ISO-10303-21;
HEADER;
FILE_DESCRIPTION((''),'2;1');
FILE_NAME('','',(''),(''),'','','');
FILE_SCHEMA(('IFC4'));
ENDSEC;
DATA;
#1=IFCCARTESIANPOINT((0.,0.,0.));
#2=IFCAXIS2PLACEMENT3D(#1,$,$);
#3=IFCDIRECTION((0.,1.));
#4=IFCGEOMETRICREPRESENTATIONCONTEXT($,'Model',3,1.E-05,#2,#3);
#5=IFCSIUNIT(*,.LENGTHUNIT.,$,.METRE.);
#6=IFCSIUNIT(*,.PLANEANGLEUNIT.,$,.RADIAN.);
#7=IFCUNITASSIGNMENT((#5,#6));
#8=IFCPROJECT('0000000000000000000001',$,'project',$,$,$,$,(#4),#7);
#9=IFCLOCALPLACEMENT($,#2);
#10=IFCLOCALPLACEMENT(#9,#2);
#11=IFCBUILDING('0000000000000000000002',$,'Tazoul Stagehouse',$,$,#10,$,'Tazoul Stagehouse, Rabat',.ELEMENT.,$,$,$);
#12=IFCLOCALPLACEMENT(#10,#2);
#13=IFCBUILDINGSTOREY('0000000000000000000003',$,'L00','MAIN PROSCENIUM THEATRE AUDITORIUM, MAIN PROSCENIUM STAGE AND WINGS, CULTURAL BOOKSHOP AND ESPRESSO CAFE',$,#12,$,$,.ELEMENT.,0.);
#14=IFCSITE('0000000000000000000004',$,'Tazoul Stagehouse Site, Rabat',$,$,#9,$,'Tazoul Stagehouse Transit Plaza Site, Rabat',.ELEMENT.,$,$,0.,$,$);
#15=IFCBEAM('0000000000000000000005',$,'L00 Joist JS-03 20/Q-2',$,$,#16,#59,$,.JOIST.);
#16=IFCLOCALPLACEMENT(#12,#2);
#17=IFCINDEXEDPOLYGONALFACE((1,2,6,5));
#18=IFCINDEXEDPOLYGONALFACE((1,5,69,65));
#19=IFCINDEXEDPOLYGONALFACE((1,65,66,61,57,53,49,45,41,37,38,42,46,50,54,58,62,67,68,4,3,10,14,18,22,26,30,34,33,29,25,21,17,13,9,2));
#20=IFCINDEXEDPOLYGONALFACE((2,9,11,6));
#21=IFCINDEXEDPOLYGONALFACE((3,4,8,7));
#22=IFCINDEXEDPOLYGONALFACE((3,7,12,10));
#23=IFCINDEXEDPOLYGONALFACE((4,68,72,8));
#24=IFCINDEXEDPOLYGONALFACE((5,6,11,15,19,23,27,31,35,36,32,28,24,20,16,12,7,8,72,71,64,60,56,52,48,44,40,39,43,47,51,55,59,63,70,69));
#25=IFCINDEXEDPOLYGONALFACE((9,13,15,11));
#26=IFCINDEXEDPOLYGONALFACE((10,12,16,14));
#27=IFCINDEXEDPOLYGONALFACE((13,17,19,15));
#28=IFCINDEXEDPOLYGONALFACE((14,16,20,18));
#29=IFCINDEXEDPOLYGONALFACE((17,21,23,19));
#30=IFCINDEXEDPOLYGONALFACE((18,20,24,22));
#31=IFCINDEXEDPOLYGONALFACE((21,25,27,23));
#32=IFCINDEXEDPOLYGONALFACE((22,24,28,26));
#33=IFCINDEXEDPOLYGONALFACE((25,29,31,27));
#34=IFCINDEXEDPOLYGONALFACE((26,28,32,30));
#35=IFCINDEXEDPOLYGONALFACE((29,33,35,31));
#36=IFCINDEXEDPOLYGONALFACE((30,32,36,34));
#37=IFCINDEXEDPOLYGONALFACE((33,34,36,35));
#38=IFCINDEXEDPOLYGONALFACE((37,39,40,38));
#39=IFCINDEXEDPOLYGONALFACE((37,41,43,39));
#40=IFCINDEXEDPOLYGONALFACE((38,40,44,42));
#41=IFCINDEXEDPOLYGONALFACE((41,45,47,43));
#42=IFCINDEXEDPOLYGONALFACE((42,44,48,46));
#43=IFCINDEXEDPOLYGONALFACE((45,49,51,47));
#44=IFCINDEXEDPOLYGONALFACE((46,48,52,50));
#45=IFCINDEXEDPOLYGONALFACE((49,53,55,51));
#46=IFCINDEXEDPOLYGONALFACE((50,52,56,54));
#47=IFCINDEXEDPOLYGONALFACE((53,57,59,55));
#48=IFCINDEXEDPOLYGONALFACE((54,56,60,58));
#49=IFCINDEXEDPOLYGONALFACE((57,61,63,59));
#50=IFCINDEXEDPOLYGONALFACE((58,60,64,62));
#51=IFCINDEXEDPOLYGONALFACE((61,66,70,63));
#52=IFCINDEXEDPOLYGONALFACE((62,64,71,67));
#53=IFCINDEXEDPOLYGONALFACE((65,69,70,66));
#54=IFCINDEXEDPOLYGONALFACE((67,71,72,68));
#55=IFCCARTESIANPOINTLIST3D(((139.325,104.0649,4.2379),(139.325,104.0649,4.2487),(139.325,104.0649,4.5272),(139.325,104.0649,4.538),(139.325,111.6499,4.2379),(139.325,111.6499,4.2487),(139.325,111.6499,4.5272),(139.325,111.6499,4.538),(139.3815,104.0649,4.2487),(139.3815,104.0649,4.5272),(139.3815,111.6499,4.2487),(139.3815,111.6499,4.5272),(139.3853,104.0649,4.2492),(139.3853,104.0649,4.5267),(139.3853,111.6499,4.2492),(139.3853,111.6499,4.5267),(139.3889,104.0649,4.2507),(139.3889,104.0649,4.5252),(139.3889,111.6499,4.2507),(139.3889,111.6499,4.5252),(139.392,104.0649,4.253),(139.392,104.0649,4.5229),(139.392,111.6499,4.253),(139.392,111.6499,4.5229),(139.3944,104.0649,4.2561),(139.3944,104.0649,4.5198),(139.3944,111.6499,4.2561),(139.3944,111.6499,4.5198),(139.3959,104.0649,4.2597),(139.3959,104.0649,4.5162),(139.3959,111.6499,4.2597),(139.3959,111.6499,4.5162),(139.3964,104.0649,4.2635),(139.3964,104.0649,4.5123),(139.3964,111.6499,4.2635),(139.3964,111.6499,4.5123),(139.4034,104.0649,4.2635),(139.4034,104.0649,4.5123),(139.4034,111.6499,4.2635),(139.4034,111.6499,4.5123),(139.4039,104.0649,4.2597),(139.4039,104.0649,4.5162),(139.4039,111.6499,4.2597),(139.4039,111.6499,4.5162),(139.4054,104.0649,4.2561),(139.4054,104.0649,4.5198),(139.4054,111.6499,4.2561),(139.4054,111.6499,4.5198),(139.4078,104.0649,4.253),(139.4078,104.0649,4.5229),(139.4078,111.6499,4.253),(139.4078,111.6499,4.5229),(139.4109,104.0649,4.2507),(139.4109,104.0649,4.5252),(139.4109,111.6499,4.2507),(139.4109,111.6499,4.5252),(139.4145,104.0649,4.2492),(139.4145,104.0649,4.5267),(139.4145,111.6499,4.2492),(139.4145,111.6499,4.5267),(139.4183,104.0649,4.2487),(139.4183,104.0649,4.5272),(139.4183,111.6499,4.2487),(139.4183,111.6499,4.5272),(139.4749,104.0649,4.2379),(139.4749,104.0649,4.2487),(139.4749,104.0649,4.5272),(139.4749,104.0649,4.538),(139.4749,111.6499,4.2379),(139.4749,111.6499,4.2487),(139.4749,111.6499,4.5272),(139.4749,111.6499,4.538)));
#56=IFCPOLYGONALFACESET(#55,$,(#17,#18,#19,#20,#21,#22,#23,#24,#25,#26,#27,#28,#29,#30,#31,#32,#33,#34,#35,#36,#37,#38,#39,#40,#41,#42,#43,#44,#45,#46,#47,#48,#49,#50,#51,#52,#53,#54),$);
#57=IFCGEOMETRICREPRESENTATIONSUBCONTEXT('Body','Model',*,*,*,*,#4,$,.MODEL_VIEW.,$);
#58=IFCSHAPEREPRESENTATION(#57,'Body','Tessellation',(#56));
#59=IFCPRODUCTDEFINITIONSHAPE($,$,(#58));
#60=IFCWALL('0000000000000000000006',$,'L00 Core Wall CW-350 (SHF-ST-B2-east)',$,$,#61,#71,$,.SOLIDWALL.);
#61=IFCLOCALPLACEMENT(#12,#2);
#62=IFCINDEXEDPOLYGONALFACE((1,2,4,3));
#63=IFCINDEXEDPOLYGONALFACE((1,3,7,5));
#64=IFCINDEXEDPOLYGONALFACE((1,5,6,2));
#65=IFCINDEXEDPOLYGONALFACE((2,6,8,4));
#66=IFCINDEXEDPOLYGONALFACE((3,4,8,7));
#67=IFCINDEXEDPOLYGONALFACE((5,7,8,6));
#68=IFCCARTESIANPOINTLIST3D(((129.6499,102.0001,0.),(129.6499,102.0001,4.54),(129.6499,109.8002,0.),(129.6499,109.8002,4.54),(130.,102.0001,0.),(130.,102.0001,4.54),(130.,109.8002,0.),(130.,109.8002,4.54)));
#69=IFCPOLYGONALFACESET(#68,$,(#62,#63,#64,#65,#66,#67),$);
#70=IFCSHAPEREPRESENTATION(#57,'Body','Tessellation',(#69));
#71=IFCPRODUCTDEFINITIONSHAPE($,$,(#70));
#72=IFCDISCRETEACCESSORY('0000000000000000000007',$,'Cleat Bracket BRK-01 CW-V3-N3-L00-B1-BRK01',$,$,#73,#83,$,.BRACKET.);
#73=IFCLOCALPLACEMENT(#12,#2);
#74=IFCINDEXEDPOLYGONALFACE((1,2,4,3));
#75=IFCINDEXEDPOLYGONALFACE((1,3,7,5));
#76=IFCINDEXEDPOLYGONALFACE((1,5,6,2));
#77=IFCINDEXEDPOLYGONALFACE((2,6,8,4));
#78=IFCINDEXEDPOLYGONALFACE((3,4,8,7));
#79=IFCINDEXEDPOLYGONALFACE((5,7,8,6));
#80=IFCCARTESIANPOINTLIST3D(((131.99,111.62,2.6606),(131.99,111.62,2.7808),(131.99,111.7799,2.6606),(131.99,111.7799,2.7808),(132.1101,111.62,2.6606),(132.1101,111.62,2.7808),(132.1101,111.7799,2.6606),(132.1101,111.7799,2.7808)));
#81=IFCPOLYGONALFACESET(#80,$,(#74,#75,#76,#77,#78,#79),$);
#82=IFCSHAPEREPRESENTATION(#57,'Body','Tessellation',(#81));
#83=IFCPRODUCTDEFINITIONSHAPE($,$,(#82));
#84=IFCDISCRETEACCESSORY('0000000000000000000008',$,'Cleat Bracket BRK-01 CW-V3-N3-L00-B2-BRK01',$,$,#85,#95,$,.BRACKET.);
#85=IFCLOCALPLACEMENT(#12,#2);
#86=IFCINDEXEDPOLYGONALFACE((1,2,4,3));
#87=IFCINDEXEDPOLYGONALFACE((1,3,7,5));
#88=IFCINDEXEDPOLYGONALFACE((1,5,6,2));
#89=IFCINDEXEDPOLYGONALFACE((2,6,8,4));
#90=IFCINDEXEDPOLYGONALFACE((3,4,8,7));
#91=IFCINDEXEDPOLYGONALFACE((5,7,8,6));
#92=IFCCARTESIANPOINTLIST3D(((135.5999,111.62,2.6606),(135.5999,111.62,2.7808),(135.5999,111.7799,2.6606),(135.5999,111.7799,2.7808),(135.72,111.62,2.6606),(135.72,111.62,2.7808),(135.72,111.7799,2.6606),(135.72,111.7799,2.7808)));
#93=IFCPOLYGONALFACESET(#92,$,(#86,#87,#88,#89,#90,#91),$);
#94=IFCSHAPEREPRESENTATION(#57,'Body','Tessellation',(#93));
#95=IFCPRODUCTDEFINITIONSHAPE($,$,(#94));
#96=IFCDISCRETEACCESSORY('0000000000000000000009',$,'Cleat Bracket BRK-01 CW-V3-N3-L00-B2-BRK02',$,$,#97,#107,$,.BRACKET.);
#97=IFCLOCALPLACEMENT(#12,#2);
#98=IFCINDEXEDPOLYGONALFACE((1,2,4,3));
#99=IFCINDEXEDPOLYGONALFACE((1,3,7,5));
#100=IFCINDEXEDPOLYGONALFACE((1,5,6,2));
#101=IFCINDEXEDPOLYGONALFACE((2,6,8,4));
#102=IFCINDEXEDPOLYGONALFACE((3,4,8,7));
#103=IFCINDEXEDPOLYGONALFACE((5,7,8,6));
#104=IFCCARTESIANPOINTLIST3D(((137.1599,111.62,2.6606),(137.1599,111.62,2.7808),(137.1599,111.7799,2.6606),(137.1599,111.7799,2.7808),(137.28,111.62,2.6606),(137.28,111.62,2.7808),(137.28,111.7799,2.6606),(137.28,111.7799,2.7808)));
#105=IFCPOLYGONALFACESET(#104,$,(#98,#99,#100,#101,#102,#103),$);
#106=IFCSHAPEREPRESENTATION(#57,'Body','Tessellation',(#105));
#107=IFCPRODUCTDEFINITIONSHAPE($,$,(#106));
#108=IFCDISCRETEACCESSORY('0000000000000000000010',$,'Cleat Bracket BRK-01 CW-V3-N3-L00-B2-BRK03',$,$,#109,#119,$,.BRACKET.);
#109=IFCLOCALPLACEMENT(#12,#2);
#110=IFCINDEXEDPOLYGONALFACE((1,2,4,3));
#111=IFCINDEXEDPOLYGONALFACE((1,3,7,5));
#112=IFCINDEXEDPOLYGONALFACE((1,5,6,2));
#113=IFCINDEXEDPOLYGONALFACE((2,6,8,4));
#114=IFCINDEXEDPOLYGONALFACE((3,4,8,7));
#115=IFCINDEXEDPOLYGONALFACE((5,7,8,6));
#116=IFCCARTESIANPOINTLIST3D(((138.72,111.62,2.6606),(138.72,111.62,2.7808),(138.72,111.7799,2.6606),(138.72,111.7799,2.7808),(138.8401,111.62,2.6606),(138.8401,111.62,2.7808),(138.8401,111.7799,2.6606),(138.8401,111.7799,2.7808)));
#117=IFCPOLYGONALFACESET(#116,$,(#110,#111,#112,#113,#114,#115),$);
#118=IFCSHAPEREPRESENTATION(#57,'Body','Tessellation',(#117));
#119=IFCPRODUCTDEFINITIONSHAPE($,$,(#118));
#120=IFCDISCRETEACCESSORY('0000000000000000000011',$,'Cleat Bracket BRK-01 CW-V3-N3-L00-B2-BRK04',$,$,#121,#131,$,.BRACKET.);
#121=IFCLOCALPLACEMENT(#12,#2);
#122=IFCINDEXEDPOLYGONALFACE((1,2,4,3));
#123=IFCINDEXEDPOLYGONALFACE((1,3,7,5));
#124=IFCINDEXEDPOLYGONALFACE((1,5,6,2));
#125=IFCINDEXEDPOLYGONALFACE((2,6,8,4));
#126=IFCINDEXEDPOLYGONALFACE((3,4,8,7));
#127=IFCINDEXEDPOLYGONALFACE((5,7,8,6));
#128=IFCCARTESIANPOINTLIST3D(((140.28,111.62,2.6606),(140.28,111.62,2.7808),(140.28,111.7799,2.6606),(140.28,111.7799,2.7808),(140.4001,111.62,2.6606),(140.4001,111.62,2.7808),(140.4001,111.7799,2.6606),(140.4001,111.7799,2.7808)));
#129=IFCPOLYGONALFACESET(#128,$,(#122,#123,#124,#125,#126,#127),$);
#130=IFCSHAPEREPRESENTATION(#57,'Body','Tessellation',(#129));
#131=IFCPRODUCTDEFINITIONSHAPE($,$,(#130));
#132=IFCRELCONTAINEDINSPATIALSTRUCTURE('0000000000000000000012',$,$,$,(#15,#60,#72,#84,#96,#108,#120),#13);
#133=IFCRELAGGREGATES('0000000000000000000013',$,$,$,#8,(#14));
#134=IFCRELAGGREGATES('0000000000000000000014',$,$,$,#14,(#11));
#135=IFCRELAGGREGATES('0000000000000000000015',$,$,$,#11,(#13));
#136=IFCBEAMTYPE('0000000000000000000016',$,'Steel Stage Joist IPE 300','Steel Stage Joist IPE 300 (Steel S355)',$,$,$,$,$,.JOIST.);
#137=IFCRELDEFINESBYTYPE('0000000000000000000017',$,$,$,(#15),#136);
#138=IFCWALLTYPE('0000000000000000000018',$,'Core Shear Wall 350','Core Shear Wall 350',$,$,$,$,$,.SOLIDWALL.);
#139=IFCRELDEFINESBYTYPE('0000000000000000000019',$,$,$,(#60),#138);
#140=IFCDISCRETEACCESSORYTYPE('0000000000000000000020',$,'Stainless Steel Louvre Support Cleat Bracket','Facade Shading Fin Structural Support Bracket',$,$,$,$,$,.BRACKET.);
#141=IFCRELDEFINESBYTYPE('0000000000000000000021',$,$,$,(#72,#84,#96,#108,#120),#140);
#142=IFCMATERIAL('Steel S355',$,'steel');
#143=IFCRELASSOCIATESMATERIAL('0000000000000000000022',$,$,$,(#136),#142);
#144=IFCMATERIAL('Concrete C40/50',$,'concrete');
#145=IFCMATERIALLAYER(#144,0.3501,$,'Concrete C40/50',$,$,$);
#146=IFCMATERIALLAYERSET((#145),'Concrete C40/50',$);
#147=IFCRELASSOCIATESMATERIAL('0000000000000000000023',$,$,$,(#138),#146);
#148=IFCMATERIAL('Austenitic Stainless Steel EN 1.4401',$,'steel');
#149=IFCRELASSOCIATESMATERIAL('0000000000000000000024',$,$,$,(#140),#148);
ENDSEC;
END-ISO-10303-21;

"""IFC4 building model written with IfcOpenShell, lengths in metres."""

from ifc_helpers import new_model, si_unit, direction, frame, frame_2d, origin, origin_2d, place, context, subcontext, project, spatial, rectangle, i_section, extrude, material, layer, layer_set, material_profile, profile_set, type_object, element, save


model = new_model("IFC4")

# Units and contexts
model_context = context("Model", 3, precision=1e-05, world=origin(), true_north=direction((0.0, 1.0)))
body_context = subcontext(model_context, "Body", "Model", "MODEL_VIEW")
ifc_project = project(units=[si_unit("LENGTHUNIT", "METRE"), si_unit("PLANEANGLEUNIT", "RADIAN")], contexts=[model_context])

# Site, building, storey
site_placement = place(None, origin())
site = spatial("IfcSite", under=ifc_project, at=site_placement, Name="Tazoul Stagehouse Site, Rabat", LongName="Tazoul Stagehouse Transit Plaza Site, Rabat", CompositionType="ELEMENT", RefElevation=0.0)
building_placement = place(site_placement, origin())
building = spatial("IfcBuilding", under=site, at=building_placement, Name="Tazoul Stagehouse", LongName="Tazoul Stagehouse, Rabat", CompositionType="ELEMENT")
storey_placement = place(building_placement, origin())
storey = spatial("IfcBuildingStorey", under=building, at=storey_placement, Name="L00", Description="MAIN PROSCENIUM THEATRE AUDITORIUM, MAIN PROSCENIUM STAGE AND WINGS, CULTURAL BOOKSHOP AND ESPRESSO CAFE", CompositionType="ELEMENT", Elevation=0.0)

# Shared definitions
ifc_material_1 = material(Name="Concrete C40/50", Category="concrete")

# Beam
ifc_material_2 = material(Name="Steel S355", Category="steel")
ifc_material_profile_1 = material_profile(ifc_material_2, i_section(OverallWidth=0.1499, OverallDepth=0.3, WebThickness=0.0071, FlangeThickness=0.0107, FilletRadius=0.0149, at=origin_2d()), Name="IPE 300")
ifc_profile_set_1 = profile_set([ifc_material_profile_1], Name="Steel S355")
beam_type_1 = type_object("IfcBeamType", Name="Steel Stage Joist IPE 300", Description="Steel Stage Joist IPE 300 (Steel S355)", PredefinedType="JOIST", material=ifc_profile_set_1)
for number, where, z_axis, x_axis, name in (
    (1, (139.3999, 104.0649, 4.3879), (0.0, 1.0, 0.0), (-1.0, 0.0, 0.0), "L00 Joist JS-03 20/Q-2"),
):
    element("IfcBeam", number, at=place(storey_placement, frame(where, z_axis=z_axis, x_axis=x_axis)), inside=storey, type_object=beam_type_1, Name=name, PredefinedType="JOIST", context=body_context, shape_type="SweptSolid", body=[
        extrude(i_section(OverallWidth=0.1499, OverallDepth=0.3, WebThickness=0.0071, FlangeThickness=0.0107, FilletRadius=0.0149, at=origin_2d()), origin(), (0.0, 0.0, 1.0), 7.585),
    ])

# Wall
ifc_layer_1 = layer(ifc_material_1, 0.3501, Name="Concrete C40/50")
ifc_layer_set_1 = layer_set([ifc_layer_1], Name="Concrete C40/50")
wall_type = type_object("IfcWallType", Name="Core Shear Wall 350", Description="Core Shear Wall 350", PredefinedType="SOLIDWALL", material=ifc_layer_set_1)
wall_placement = place(storey_placement, frame((129.825, 109.8, 0.0), z_axis=(0.0, 0.0, 1.0), x_axis=(0.0, -1.0, 0.0)))
element("IfcWall", 2, at=wall_placement, inside=storey, type_object=wall_type, Name="L00 Core Wall CW-350 (SHF-ST-B2-east)", PredefinedType="SOLIDWALL", context=body_context, shape_type="SweptSolid", body=[
    extrude(rectangle(XDim=7.8, YDim=0.3501, at=frame_2d((3.8999, 0.0))), origin(), (0.0, 0.0, 1.0), 4.54),
])

# Discrete accessories
ifc_material_3 = material(Name="Austenitic Stainless Steel EN 1.4401", Category="steel")
discrete_accessory_type = type_object("IfcDiscreteAccessoryType", Name="Stainless Steel Louvre Support Cleat Bracket", Description="Facade Shading Fin Structural Support Bracket", PredefinedType="BRACKET", material=ifc_material_3)
for number, where, z_axis, x_axis, name in (
    (3, (132.05, 111.7, 2.6606), (0.0, 0.0, 1.0), (1.0, 0.0, 0.0), "Cleat Bracket BRK-01 CW-V3-N3-L00-B1-BRK01"),
    (4, (135.6599, 111.7, 2.6606), (0.0, 0.0, 1.0), (1.0, 0.0, 0.0), "Cleat Bracket BRK-01 CW-V3-N3-L00-B2-BRK01"),
    (5, (137.22, 111.7, 2.6606), (0.0, 0.0, 1.0), (1.0, 0.0, 0.0), "Cleat Bracket BRK-01 CW-V3-N3-L00-B2-BRK02"),
    (6, (138.78, 111.7, 2.6606), (0.0, 0.0, 1.0), (1.0, 0.0, 0.0), "Cleat Bracket BRK-01 CW-V3-N3-L00-B2-BRK03"),
    (7, (140.3401, 111.7, 2.6606), (0.0, 0.0, 1.0), (1.0, 0.0, 0.0), "Cleat Bracket BRK-01 CW-V3-N3-L00-B2-BRK04"),
):
    element("IfcDiscreteAccessory", number, at=place(storey_placement, frame(where, z_axis=z_axis, x_axis=x_axis)), inside=storey, type_object=discrete_accessory_type, Name=name, PredefinedType="BRACKET", context=body_context, shape_type="SweptSolid", body=[
        extrude(rectangle(XDim=0.1201, YDim=0.1599, at=origin_2d()), origin(), (0.0, 0.0, 1.0), 0.1201),
    ])

save(model, "model.ifc")
